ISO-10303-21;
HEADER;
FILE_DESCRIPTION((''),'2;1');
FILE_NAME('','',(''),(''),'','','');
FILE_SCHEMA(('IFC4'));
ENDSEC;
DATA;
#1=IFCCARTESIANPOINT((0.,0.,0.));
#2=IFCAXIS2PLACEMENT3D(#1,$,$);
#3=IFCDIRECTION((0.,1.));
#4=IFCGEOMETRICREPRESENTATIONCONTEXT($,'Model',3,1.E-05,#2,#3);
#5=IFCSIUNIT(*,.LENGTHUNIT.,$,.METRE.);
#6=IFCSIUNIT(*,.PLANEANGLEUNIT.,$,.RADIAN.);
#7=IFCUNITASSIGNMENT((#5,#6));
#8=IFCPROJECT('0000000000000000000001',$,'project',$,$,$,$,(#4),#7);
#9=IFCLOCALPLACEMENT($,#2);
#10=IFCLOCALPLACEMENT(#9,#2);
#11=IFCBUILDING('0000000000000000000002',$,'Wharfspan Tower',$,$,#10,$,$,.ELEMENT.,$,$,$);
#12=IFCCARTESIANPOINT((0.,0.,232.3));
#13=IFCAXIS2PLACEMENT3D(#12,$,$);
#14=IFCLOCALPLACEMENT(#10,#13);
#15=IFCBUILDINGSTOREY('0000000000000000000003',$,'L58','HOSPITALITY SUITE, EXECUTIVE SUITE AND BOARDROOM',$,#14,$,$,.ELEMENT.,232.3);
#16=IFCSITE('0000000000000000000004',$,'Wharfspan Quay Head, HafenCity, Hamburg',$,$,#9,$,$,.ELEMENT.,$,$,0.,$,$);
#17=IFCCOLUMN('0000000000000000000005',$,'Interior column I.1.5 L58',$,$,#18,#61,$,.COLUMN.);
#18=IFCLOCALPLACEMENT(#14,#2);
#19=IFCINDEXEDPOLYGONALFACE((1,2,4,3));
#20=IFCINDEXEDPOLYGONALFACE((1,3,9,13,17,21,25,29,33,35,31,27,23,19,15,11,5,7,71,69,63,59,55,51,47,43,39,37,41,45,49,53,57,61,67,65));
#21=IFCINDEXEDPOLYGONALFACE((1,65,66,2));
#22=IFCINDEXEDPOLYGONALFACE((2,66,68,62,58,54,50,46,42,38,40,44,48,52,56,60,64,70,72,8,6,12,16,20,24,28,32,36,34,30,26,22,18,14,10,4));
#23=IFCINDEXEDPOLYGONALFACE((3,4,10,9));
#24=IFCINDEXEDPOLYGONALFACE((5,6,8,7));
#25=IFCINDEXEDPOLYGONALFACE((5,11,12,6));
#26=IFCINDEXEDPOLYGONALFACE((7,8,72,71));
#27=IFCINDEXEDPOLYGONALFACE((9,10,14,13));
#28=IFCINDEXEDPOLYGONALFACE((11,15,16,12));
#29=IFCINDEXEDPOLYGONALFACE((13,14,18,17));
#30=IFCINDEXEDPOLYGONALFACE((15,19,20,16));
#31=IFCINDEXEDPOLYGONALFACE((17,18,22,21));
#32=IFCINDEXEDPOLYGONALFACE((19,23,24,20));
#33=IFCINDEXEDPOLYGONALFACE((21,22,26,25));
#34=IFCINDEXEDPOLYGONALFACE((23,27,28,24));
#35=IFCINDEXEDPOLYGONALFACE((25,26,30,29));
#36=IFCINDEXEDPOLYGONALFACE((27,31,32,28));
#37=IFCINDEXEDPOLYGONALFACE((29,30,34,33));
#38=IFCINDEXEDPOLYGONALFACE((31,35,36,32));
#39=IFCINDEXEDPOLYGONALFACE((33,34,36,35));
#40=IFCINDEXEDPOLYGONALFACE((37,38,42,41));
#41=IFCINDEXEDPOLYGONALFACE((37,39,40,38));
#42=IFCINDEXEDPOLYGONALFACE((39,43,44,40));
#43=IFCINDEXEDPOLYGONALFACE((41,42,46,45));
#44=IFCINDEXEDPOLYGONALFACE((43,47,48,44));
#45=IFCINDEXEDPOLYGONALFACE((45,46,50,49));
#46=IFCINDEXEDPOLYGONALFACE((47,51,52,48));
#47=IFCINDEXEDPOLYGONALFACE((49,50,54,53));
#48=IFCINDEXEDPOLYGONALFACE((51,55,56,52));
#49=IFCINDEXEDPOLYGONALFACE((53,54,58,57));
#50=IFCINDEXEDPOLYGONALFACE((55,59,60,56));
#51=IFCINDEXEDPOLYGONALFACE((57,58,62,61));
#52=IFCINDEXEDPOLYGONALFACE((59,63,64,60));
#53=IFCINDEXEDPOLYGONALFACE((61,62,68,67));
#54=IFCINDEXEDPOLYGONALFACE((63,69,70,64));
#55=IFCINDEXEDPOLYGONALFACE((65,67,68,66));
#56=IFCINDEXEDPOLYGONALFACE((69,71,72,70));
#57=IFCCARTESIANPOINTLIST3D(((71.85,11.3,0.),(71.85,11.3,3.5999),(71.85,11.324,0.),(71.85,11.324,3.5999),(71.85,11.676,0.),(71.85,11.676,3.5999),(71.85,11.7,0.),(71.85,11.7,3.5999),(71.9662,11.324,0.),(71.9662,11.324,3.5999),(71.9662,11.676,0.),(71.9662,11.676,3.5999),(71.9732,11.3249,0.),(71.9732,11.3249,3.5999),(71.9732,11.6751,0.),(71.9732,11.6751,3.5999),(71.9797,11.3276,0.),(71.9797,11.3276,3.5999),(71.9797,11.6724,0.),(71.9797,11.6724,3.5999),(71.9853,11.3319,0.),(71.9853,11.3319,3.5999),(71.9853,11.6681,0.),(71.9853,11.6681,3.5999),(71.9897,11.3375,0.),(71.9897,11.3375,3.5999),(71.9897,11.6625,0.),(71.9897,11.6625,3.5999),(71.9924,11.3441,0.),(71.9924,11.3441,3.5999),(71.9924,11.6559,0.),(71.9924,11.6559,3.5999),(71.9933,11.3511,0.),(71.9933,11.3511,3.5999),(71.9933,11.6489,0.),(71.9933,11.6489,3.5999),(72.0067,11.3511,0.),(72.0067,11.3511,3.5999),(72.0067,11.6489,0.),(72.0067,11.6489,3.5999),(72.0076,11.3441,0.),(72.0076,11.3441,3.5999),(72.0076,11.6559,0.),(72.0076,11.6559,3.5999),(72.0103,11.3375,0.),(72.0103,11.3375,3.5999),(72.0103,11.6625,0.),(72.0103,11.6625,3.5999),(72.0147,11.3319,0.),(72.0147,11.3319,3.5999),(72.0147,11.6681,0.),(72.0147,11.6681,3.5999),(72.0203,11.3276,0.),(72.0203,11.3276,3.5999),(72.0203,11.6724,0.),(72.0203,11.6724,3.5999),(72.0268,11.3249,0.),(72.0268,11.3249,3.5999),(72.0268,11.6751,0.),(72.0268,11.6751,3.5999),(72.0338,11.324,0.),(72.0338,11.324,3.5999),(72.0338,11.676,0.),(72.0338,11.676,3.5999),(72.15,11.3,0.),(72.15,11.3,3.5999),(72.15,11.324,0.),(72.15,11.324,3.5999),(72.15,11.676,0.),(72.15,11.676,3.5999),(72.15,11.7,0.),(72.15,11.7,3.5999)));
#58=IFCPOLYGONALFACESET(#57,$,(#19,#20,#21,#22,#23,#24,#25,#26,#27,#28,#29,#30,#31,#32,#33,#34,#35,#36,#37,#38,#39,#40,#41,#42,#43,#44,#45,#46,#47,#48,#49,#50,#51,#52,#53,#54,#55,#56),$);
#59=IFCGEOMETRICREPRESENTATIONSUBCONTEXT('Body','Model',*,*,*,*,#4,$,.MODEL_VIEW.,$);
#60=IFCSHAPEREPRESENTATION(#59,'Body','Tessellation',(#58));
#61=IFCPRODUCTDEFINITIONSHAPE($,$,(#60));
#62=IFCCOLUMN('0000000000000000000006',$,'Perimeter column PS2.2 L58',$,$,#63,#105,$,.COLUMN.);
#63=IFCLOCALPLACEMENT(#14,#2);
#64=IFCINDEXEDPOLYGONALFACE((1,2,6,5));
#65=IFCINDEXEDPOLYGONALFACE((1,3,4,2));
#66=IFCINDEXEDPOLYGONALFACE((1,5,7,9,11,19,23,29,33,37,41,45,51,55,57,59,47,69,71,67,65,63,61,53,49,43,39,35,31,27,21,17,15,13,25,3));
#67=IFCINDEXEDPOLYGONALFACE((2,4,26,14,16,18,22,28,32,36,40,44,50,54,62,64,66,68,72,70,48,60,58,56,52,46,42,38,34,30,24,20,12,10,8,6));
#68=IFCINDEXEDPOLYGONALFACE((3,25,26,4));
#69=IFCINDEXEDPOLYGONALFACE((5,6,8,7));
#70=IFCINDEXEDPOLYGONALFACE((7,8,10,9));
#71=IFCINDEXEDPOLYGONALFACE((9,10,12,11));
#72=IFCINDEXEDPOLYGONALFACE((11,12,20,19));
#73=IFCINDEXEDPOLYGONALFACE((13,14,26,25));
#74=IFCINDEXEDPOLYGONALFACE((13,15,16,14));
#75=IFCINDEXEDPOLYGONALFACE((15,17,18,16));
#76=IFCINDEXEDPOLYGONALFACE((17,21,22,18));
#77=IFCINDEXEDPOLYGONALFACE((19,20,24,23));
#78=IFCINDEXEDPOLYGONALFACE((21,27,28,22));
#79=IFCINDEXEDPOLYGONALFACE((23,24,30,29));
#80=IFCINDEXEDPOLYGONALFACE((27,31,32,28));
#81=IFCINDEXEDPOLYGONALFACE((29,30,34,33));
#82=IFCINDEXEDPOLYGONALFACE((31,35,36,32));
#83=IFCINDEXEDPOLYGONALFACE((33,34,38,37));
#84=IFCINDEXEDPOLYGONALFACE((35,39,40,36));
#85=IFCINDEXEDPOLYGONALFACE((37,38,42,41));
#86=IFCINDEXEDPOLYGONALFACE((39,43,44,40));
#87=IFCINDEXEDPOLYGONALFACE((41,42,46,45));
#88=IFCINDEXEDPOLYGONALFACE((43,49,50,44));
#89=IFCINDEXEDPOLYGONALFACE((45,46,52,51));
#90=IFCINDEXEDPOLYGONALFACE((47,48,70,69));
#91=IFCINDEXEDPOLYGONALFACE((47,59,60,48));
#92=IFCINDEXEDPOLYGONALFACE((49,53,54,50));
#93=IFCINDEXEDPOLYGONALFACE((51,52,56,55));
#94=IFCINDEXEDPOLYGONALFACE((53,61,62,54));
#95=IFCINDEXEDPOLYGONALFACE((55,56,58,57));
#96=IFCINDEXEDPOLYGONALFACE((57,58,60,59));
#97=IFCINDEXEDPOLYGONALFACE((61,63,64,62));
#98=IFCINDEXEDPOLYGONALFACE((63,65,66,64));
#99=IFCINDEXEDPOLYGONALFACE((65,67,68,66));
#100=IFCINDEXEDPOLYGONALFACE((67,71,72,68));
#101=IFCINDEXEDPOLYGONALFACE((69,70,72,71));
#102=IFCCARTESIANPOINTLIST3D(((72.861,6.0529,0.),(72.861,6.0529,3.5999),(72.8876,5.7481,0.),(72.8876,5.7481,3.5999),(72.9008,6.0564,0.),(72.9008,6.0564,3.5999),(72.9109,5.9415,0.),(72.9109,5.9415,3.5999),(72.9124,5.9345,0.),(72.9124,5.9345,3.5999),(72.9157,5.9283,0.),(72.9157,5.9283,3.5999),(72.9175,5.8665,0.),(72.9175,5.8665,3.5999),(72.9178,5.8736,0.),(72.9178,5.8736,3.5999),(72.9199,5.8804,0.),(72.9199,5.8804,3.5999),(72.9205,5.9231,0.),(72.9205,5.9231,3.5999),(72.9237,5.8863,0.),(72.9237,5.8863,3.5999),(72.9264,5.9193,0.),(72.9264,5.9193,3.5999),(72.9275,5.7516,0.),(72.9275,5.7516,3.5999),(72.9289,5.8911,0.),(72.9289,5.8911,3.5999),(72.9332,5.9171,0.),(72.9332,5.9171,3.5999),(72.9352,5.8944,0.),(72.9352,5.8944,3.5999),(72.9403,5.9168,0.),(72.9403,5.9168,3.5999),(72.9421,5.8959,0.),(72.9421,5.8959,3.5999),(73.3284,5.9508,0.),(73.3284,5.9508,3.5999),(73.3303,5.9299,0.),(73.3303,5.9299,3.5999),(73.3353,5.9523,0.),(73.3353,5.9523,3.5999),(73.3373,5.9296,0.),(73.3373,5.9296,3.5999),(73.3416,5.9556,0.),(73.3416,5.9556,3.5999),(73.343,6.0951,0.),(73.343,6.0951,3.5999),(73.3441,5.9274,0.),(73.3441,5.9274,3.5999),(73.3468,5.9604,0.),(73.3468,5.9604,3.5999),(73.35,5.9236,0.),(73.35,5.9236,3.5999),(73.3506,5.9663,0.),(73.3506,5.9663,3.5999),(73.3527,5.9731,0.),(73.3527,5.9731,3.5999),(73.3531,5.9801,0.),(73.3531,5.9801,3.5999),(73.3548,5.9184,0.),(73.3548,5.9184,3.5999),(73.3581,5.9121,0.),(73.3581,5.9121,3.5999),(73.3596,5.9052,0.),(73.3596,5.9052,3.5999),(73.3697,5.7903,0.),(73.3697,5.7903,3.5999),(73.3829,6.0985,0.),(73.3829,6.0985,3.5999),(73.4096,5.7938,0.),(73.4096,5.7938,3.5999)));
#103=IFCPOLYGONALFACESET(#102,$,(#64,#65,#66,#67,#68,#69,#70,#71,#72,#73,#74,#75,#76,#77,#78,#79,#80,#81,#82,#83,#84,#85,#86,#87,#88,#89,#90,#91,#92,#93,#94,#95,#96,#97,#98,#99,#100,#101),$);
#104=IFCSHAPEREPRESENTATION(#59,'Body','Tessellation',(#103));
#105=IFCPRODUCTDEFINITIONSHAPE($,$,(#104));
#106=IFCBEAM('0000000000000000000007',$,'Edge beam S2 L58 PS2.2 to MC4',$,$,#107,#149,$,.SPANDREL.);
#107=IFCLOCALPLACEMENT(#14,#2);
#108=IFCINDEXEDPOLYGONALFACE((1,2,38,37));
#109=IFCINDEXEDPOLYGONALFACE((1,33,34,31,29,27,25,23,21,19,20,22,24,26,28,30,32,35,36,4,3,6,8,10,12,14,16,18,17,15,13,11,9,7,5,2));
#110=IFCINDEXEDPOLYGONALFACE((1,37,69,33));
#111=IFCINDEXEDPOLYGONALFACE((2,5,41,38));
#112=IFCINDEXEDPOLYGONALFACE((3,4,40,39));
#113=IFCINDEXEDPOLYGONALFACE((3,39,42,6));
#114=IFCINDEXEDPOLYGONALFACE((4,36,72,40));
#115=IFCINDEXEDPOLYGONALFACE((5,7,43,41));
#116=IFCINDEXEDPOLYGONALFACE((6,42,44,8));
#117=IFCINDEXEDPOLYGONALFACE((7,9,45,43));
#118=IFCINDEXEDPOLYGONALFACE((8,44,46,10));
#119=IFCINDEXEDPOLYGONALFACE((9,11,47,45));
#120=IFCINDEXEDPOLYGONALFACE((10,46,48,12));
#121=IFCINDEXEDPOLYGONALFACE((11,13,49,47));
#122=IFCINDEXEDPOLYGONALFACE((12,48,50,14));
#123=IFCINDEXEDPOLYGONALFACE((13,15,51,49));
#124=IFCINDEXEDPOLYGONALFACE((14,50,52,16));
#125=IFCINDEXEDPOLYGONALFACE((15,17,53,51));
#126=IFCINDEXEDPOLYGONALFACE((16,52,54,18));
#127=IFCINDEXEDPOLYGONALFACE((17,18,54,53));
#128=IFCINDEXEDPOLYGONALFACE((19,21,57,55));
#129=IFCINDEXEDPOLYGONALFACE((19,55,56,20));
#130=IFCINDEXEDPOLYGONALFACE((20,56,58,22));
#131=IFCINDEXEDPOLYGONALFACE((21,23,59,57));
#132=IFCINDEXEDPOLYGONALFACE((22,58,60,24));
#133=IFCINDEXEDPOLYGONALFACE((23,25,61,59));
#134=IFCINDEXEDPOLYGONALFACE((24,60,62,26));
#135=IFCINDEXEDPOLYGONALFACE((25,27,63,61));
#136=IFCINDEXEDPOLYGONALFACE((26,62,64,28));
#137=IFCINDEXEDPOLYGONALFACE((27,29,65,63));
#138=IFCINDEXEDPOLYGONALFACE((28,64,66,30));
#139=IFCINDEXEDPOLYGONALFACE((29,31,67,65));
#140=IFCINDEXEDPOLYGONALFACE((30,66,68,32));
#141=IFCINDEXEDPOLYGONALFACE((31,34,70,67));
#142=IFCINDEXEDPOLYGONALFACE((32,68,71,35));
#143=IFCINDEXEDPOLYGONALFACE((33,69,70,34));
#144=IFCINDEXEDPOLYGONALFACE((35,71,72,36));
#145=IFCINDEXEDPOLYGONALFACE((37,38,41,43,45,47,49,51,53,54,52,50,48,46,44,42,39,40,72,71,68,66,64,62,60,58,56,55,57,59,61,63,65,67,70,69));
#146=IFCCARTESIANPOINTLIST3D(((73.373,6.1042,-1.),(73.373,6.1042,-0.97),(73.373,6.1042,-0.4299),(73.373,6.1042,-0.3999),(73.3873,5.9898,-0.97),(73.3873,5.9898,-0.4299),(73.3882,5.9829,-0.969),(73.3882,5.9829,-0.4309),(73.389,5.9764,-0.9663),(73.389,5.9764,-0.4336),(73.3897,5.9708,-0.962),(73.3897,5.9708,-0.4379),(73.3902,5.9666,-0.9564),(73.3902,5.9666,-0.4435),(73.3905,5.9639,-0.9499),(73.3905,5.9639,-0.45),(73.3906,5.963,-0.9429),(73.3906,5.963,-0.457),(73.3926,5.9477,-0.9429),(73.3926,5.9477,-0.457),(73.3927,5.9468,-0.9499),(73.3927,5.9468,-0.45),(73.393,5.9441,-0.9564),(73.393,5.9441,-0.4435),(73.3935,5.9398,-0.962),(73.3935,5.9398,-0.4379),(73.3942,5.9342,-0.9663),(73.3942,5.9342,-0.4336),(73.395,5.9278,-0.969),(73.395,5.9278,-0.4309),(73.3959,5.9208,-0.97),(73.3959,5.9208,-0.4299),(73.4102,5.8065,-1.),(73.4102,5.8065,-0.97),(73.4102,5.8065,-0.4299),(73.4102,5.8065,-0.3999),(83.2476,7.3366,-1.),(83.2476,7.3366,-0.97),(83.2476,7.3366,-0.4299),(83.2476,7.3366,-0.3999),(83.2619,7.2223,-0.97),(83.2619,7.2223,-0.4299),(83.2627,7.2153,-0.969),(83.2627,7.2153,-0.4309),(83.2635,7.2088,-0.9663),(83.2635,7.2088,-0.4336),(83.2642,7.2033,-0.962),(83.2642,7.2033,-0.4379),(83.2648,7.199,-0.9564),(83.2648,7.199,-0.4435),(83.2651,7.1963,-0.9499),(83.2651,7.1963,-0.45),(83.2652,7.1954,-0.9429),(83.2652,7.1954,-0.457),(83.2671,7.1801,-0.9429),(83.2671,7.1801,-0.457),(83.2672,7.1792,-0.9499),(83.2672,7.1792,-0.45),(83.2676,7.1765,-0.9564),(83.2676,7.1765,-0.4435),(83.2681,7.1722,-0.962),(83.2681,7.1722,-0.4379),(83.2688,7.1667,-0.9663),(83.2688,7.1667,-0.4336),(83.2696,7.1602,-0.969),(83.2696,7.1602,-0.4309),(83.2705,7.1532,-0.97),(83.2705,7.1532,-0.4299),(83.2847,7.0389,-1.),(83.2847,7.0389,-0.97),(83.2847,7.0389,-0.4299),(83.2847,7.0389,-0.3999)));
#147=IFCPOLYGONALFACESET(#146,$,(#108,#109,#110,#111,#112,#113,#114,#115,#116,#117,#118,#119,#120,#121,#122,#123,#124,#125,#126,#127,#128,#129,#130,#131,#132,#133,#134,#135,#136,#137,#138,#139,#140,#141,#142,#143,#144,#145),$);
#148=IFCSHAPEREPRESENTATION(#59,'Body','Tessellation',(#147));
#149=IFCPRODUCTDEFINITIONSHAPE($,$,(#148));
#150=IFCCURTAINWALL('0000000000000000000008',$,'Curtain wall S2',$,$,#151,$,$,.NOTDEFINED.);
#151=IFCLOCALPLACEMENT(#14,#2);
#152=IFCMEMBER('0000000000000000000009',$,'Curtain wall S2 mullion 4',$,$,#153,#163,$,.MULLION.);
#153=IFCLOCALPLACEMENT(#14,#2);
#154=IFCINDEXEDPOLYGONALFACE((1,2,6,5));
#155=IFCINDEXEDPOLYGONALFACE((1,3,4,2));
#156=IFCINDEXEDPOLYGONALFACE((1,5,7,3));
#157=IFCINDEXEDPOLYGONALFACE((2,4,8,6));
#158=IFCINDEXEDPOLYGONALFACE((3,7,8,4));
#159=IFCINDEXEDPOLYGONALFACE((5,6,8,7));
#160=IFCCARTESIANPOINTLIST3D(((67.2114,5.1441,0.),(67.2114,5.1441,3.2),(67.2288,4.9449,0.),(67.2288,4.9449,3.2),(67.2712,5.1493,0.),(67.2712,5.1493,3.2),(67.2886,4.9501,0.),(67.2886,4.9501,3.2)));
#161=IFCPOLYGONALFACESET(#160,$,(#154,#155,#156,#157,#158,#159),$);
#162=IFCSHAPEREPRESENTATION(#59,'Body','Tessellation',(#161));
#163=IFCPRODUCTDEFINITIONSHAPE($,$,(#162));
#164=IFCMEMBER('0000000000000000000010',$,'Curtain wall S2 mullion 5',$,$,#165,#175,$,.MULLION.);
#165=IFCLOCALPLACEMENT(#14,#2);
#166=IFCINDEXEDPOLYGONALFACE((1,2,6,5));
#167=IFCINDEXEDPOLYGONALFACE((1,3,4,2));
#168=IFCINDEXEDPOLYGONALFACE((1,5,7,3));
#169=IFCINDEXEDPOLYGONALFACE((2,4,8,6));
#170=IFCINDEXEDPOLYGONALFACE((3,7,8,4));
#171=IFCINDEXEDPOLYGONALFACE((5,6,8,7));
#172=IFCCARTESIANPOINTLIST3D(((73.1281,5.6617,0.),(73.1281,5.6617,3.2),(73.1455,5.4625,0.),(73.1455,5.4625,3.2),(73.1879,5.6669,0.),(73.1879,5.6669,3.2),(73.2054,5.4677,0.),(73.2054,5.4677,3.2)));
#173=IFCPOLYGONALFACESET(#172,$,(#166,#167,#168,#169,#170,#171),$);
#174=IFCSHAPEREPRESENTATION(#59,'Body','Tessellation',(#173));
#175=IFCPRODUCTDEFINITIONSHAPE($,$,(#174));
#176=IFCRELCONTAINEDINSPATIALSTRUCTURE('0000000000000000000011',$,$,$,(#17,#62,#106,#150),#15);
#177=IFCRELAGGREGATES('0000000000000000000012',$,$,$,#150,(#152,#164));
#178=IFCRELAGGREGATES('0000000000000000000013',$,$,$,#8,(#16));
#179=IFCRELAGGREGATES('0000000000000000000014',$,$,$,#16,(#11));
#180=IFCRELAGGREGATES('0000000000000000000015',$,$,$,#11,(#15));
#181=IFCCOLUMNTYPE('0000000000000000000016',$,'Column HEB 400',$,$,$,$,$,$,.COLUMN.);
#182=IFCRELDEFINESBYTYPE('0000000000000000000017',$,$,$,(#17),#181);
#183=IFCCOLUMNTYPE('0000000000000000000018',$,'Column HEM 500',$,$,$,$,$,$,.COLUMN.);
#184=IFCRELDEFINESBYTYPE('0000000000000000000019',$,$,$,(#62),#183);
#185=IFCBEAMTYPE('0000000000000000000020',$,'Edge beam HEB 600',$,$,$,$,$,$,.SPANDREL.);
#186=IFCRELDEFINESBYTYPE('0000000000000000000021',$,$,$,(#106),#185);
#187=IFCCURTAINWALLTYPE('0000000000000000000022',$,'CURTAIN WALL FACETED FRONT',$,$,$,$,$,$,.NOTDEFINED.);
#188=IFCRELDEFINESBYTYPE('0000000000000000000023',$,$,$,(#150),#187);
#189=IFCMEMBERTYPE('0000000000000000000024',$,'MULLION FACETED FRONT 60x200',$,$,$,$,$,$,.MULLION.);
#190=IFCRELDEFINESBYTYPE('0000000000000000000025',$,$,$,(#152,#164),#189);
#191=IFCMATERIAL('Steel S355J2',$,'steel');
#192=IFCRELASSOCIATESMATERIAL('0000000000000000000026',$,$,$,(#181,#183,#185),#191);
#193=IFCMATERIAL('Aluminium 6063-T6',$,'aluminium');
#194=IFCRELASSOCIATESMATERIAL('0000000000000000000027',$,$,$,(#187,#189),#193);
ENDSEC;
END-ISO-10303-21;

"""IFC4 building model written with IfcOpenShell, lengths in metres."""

from ifc_helpers import new_model, si_unit, direction, frame, origin, origin_2d, place, context, subcontext, project, spatial, rectangle, i_section, extrude, material, material_profile, profile_set, type_object, element, aggregate, save


model = new_model("IFC4")

# Units and contexts
model_context = context("Model", 3, precision=1e-05, world=origin(), true_north=direction((0.0, 1.0)))
body_context = subcontext(model_context, "Body", "Model", "MODEL_VIEW")
ifc_project = project(units=[si_unit("LENGTHUNIT", "METRE"), si_unit("PLANEANGLEUNIT", "RADIAN")], contexts=[model_context])

# Site, building, storey
site_placement = place(None, origin())
site = spatial("IfcSite", under=ifc_project, at=site_placement, Name="Wharfspan Quay Head, HafenCity, Hamburg", CompositionType="ELEMENT", RefElevation=0.0)
building_placement = place(site_placement, origin())
building = spatial("IfcBuilding", under=site, at=building_placement, Name="Wharfspan Tower", CompositionType="ELEMENT")
storey_placement = place(building_placement, frame((0.0, 0.0, 232.3)))
storey = spatial("IfcBuildingStorey", under=building, at=storey_placement, Name="L58", Description="HOSPITALITY SUITE, EXECUTIVE SUITE AND BOARDROOM", CompositionType="ELEMENT", Elevation=232.3)

# Columns
ifc_material_1 = material(Name="Steel S355J2", Category="steel")
ifc_material_profile_1 = material_profile(ifc_material_1, i_section(OverallWidth=0.3, OverallDepth=0.3999, WebThickness=0.0134, FlangeThickness=0.0239, FilletRadius=0.0271, at=origin_2d()))
ifc_profile_set_1 = profile_set([ifc_material_profile_1], Name="Steel S355J2")
column_type_1 = type_object("IfcColumnType", Name="Column HEB 400", PredefinedType="COLUMN", material=ifc_profile_set_1)
column_1_placement = place(storey_placement, frame((72.0, 11.5, 0.0), z_axis=(0.0, 0.0, 1.0), x_axis=(1.0, 0.0, 0.0)))
element("IfcColumn", 1, at=column_1_placement, inside=storey, type_object=column_type_1, Name="Interior column I.1.5 L58", PredefinedType="COLUMN", context=body_context, shape_type="SweptSolid", body=[
    extrude(i_section(OverallWidth=0.3, OverallDepth=0.3999, WebThickness=0.0134, FlangeThickness=0.0239, FilletRadius=0.0271, at=origin_2d()), origin(), (0.0, 0.0, 1.0), 3.5999),
])
ifc_material_profile_2 = material_profile(ifc_material_1, i_section(OverallWidth=0.3059, OverallDepth=0.5239, WebThickness=0.021, FlangeThickness=0.04, FilletRadius=0.0271, at=origin_2d()))
ifc_profile_set_2 = profile_set([ifc_material_profile_2], Name="Steel S355J2")
column_type_2 = type_object("IfcColumnType", Name="Column HEM 500", PredefinedType="COLUMN", material=ifc_profile_set_2)
column_2_placement = place(storey_placement, frame((73.1353, 5.9233, 0.0), z_axis=(0.0, 0.0, 1.0), x_axis=(0.087156, -0.996197, 0.0)))
element("IfcColumn", 2, at=column_2_placement, inside=storey, type_object=column_type_2, Name="Perimeter column PS2.2 L58", PredefinedType="COLUMN", context=body_context, shape_type="SweptSolid", body=[
    extrude(i_section(OverallWidth=0.3059, OverallDepth=0.5239, WebThickness=0.021, FlangeThickness=0.04, FilletRadius=0.0271, at=origin_2d()), origin(), (0.0, 0.0, 1.0), 3.5999),
])

# Beam
ifc_material_profile_3 = material_profile(ifc_material_1, i_section(OverallWidth=0.3, OverallDepth=0.6001, WebThickness=0.0154, FlangeThickness=0.03, FilletRadius=0.0271, at=origin_2d()))
ifc_profile_set_3 = profile_set([ifc_material_profile_3], Name="Steel S355J2")
beam_type = type_object("IfcBeamType", Name="Edge beam HEB 600", PredefinedType="SPANDREL", material=ifc_profile_set_3)
beam_placement = place(storey_placement, frame((73.3916, 5.9553, -0.7), z_axis=(0.992301, 0.123848, 0.0), x_axis=(-0.123848, 0.992301, 0.0)))
element("IfcBeam", 3, at=beam_placement, inside=storey, type_object=beam_type, Name="Edge beam S2 L58 PS2.2 to MC4", PredefinedType="SPANDREL", context=body_context, shape_type="SweptSolid", body=[
    extrude(i_section(OverallWidth=0.3, OverallDepth=0.6001, WebThickness=0.0154, FlangeThickness=0.03, FilletRadius=0.0271, at=origin_2d()), origin(), (0.0, 0.0, 1.0), 9.9512),
])

# Curtain wall, members
ifc_material_2 = material(Name="Aluminium 6063-T6", Category="aluminium")
curtain_wall_type = type_object("IfcCurtainWallType", Name="CURTAIN WALL FACETED FRONT", PredefinedType="NOTDEFINED", material=ifc_material_2)
curtain_wall_placement = place(storey_placement, origin())
curtain_wall = element("IfcCurtainWall", 4, at=curtain_wall_placement, inside=storey, type_object=curtain_wall_type, Name="Curtain wall S2", PredefinedType="NOTDEFINED")
ifc_material_profile_4 = material_profile(ifc_material_2, rectangle(XDim=0.2, YDim=0.0601, at=origin_2d()))
ifc_profile_set_4 = profile_set([ifc_material_profile_4], Name="Aluminium 6063-T6")
member_type_1 = type_object("IfcMemberType", Name="MULLION FACETED FRONT 60x200", PredefinedType="MULLION", material=ifc_profile_set_4)
member_1_placement = place(storey_placement, frame((67.25, 5.0471, 0.0), z_axis=(0.0, 0.0, 1.0), x_axis=(-0.087156, 0.996197, 0.0)))
member_1 = element("IfcMember", 5, at=member_1_placement, type_object=member_type_1, Name="Curtain wall S2 mullion 4", PredefinedType="MULLION", context=body_context, shape_type="SweptSolid", body=[
    extrude(rectangle(XDim=0.2, YDim=0.0601, at=origin_2d()), origin(), (0.0, 0.0, 1.0), 3.2),
])
member_2_placement = place(storey_placement, frame((73.1667, 5.5647, 0.0), z_axis=(0.0, 0.0, 1.0), x_axis=(-0.087156, 0.996197, 0.0)))
member_2 = element("IfcMember", 6, at=member_2_placement, type_object=member_type_1, Name="Curtain wall S2 mullion 5", PredefinedType="MULLION", context=body_context, shape_type="SweptSolid", body=[
    extrude(rectangle(XDim=0.2, YDim=0.0601, at=origin_2d()), origin(), (0.0, 0.0, 1.0), 3.2),
])

aggregate(curtain_wall, [member_1, member_2])

save(model, "model.ifc")
